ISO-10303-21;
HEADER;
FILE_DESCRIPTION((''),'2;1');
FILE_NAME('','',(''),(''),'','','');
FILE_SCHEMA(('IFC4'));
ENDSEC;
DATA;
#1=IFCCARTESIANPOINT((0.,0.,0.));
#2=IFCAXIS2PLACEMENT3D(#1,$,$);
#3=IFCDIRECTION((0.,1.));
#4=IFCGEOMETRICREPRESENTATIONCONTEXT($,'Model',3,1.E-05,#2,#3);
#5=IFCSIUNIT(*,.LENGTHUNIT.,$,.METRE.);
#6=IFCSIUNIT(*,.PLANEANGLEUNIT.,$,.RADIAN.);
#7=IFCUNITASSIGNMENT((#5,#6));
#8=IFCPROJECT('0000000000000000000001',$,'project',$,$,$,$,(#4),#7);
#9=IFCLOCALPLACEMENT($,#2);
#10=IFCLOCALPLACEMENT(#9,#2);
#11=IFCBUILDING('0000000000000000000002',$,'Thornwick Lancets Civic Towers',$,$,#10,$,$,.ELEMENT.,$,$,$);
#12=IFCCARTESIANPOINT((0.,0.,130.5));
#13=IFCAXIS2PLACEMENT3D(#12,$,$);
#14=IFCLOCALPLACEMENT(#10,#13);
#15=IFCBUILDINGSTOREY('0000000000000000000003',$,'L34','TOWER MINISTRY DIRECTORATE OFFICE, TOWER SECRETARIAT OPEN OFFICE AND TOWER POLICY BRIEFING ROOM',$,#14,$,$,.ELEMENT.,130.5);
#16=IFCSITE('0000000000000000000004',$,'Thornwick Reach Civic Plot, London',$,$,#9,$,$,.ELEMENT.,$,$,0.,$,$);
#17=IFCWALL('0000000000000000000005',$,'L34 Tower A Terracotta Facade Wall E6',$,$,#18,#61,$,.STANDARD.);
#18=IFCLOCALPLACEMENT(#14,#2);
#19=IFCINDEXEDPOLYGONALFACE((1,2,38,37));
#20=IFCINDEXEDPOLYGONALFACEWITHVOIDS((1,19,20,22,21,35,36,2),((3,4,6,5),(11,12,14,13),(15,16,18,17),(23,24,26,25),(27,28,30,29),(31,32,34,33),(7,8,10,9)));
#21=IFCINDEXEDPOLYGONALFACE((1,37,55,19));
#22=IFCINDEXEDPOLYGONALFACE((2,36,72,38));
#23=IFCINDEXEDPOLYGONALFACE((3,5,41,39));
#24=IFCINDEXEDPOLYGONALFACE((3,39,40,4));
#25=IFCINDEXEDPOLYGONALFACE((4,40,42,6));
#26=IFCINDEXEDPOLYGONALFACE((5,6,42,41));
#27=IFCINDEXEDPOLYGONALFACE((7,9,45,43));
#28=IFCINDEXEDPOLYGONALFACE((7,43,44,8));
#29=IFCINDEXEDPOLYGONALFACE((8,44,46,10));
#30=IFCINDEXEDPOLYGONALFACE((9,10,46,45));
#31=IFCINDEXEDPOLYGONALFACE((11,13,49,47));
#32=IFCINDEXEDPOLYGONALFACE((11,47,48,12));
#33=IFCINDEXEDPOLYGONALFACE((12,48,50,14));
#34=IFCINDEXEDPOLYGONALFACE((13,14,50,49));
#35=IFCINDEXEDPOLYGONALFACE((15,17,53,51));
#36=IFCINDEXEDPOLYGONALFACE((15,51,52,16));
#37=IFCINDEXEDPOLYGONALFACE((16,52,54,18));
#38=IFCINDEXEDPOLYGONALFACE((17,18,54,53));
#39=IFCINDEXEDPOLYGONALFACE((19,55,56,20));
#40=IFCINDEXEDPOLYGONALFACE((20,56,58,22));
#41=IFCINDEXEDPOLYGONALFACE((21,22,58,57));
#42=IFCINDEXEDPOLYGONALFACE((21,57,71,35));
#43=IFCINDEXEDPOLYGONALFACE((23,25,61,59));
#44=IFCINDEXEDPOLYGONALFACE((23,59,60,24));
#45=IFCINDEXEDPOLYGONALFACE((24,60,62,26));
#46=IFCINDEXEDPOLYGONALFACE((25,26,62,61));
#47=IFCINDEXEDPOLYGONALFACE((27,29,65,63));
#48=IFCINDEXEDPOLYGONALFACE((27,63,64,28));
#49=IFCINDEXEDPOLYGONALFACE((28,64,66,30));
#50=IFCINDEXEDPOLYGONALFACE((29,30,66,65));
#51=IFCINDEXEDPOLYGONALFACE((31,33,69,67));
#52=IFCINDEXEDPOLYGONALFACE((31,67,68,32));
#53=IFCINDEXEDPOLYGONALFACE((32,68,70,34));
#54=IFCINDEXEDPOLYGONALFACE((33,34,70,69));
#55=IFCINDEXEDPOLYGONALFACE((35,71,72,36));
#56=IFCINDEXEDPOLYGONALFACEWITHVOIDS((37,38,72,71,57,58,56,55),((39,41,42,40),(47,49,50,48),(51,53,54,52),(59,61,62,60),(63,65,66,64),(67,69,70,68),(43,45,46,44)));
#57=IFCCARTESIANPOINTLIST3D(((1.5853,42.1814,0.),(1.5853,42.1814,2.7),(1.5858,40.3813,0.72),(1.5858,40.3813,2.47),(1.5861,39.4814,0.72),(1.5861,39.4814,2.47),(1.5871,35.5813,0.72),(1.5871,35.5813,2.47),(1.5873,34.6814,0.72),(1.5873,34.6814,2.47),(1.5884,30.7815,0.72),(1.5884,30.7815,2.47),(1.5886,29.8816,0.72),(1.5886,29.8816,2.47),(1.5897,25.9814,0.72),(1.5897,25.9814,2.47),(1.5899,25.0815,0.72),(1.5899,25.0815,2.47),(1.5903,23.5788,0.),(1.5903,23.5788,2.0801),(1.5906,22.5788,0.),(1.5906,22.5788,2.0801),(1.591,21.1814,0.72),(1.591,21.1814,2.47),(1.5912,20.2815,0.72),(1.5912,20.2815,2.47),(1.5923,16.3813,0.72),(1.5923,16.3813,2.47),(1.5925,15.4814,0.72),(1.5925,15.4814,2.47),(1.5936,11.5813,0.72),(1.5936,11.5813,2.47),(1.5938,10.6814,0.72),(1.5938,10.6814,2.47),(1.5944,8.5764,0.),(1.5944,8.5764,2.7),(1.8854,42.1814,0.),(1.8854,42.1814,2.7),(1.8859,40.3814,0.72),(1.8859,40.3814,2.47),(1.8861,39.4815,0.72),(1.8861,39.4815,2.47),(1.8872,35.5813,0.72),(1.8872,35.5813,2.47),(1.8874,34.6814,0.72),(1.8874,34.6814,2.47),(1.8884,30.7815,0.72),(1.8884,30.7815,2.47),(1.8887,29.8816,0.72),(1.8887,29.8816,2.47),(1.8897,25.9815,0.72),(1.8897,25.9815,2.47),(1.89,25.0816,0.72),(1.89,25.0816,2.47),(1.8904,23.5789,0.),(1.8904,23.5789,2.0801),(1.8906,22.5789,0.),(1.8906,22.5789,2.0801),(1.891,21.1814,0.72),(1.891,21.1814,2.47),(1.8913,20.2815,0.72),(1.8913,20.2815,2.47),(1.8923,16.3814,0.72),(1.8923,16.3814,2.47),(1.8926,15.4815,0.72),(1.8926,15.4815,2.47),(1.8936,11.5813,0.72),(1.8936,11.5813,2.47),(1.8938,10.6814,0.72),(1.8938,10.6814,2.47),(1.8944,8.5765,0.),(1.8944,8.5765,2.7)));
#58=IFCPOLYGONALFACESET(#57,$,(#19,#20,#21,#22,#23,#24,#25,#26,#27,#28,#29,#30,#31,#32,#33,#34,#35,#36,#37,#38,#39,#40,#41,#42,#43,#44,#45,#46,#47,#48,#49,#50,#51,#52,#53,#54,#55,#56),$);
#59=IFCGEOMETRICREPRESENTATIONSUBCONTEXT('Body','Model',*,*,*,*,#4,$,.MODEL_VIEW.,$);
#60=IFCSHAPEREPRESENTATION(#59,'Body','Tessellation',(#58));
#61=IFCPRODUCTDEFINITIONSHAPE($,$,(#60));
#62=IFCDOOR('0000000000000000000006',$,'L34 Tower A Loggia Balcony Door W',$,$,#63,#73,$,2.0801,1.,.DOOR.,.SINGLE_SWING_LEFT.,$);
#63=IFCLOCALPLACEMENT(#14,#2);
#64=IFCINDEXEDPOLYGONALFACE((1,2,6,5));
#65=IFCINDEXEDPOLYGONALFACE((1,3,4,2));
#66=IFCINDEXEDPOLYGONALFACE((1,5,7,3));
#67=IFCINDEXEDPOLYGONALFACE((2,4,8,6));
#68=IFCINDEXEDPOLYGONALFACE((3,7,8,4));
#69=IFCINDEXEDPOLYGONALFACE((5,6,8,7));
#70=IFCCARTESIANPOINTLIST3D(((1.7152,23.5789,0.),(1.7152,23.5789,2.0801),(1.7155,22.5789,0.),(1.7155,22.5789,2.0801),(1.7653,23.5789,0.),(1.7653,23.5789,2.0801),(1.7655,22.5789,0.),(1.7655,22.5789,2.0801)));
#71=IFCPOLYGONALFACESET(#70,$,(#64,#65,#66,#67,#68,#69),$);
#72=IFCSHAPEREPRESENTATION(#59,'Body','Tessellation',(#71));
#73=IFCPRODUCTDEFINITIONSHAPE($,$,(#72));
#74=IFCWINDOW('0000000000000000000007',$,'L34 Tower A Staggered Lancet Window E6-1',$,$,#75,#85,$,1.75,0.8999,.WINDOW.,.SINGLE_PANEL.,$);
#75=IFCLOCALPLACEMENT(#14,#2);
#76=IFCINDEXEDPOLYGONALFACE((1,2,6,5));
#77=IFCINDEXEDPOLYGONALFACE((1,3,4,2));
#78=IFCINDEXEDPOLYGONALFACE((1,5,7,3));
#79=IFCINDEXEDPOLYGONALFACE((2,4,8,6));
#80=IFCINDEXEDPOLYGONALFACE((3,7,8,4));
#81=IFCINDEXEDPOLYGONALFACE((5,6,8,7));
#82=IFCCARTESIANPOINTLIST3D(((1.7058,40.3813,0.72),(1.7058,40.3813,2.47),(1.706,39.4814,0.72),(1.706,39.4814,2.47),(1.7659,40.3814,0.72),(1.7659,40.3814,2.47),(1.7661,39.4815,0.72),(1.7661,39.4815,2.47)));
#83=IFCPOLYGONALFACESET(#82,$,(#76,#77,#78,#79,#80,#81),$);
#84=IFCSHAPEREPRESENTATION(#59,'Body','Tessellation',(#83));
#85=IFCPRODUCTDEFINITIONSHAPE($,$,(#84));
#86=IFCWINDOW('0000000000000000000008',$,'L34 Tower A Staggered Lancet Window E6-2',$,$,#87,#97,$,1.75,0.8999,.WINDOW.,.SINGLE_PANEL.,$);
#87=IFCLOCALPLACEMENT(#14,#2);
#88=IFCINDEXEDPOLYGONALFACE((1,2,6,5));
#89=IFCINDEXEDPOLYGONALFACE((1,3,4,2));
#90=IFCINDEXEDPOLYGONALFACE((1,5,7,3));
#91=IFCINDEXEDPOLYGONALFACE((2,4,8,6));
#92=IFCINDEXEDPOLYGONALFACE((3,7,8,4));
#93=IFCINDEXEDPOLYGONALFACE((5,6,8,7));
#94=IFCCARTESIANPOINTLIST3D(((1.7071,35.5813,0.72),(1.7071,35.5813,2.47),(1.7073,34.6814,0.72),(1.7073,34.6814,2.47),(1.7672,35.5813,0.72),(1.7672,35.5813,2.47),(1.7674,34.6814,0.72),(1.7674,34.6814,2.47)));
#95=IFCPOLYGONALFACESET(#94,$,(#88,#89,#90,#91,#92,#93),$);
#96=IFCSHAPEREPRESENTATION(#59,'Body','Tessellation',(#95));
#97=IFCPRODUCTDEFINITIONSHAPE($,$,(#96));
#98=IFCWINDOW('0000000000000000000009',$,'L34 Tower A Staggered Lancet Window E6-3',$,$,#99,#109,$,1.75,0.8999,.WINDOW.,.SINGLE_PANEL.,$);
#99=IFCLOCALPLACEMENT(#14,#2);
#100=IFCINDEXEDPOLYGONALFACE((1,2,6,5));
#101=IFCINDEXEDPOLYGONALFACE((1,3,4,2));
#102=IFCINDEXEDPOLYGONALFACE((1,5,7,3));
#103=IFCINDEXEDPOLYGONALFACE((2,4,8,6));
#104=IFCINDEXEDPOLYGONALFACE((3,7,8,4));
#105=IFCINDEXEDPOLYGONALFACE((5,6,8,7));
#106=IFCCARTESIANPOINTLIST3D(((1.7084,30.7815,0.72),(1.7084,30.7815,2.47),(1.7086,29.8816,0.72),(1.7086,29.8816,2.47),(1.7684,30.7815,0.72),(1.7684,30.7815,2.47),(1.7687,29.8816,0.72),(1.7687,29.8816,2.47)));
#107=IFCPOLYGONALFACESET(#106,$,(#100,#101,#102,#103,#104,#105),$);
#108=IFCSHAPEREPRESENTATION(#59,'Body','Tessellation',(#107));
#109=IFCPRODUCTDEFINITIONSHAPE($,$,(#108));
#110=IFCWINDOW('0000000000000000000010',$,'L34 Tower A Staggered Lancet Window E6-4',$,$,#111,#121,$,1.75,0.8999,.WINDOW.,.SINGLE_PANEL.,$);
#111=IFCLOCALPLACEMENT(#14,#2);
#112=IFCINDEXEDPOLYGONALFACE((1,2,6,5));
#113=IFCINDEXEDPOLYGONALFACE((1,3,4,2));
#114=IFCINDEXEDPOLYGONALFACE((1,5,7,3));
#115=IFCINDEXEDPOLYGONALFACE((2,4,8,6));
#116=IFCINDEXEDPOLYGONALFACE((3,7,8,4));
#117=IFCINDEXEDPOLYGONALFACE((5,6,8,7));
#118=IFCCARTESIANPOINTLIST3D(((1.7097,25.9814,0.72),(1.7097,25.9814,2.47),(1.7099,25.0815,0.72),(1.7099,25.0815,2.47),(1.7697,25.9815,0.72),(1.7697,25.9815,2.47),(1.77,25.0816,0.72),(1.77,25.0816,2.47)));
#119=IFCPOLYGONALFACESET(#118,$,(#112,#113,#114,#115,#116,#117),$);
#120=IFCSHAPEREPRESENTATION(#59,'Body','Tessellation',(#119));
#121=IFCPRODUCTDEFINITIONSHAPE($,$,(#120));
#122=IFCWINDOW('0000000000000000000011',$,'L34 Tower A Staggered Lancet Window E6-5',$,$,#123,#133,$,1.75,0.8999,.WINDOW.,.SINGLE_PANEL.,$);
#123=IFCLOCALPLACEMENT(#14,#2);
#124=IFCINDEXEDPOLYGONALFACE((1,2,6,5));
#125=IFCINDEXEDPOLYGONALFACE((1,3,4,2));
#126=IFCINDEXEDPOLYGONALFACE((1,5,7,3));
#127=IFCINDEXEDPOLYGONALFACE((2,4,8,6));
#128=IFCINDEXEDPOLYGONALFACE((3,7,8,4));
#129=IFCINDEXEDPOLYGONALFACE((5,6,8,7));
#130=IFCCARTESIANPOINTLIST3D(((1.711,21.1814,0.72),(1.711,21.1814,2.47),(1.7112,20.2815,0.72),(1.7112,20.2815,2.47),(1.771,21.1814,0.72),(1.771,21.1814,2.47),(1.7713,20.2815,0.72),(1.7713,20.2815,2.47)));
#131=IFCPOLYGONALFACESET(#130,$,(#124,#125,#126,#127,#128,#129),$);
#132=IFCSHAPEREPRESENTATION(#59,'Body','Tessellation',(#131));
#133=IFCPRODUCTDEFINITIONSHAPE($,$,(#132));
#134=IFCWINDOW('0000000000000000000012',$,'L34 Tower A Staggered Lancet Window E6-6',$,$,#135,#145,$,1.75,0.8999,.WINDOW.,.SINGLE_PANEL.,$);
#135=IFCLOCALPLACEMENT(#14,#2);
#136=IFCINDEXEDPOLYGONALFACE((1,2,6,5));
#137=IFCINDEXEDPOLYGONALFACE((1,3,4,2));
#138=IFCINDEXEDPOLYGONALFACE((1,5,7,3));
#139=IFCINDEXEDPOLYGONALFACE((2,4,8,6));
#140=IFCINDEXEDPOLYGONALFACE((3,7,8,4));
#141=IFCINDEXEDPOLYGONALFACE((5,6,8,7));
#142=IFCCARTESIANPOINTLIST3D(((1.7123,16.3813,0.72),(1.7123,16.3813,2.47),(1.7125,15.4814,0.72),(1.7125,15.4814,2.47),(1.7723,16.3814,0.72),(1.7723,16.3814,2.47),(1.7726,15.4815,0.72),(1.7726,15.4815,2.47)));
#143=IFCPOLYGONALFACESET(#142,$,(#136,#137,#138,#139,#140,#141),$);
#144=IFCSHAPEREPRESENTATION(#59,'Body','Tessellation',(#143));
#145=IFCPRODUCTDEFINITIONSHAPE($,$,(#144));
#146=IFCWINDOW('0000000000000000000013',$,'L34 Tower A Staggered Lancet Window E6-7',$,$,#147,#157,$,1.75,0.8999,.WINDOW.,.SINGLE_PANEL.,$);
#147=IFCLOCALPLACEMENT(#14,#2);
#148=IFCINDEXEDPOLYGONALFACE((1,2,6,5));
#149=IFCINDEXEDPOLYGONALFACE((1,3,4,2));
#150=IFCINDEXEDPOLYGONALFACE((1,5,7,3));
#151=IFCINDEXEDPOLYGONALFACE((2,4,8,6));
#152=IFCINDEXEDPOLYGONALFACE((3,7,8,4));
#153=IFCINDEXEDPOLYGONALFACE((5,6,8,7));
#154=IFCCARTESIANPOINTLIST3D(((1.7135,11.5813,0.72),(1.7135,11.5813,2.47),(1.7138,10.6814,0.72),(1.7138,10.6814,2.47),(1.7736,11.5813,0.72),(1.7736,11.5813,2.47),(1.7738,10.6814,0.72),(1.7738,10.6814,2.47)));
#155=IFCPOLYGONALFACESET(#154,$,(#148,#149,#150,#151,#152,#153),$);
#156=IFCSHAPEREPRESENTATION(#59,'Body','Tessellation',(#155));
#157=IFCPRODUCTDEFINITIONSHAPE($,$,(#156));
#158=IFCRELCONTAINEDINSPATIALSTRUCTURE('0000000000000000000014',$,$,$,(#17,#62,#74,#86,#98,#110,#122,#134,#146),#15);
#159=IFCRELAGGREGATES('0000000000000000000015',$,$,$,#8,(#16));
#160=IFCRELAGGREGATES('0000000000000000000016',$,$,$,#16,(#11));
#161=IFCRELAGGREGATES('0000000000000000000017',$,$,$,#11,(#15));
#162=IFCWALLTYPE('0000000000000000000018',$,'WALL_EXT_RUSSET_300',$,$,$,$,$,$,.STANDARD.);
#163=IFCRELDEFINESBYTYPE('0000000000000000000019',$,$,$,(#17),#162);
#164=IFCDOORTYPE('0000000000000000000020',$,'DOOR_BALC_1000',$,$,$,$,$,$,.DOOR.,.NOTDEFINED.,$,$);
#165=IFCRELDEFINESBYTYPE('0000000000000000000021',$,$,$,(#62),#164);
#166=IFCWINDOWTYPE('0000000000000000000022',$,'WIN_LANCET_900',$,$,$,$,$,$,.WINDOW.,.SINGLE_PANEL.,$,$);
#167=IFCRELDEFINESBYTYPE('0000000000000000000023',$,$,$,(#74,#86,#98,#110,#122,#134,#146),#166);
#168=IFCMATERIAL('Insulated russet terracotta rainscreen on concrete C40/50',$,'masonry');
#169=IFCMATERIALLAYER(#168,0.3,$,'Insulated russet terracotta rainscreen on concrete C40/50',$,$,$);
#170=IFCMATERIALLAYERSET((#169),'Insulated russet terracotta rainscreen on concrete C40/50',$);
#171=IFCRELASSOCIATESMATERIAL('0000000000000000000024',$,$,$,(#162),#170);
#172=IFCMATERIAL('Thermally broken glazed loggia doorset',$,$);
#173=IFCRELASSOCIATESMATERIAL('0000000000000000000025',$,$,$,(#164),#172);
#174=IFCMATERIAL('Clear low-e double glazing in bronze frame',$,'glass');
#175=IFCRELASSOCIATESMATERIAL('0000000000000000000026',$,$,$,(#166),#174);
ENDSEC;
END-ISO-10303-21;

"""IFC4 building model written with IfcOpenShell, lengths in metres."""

from ifc_helpers import new_model, si_unit, direction, frame, frame_2d, origin, place, context, subcontext, project, spatial, rectangle, extrude, material, layer, layer_set, type_object, element, fill, save


model = new_model("IFC4")

# Units and contexts
model_context = context("Model", 3, precision=1e-05, world=origin(), true_north=direction((0.0, 1.0)))
body_context = subcontext(model_context, "Body", "Model", "MODEL_VIEW")
ifc_project = project(units=[si_unit("LENGTHUNIT", "METRE"), si_unit("PLANEANGLEUNIT", "RADIAN")], contexts=[model_context])

# Site, building, storey
site_placement = place(None, origin())
site = spatial("IfcSite", under=ifc_project, at=site_placement, Name="Thornwick Reach Civic Plot, London", CompositionType="ELEMENT", RefElevation=0.0)
building_placement = place(site_placement, origin())
building = spatial("IfcBuilding", under=site, at=building_placement, Name="Thornwick Lancets Civic Towers", CompositionType="ELEMENT")
storey_placement = place(building_placement, frame((0.0, 0.0, 130.5)))
storey = spatial("IfcBuildingStorey", under=building, at=storey_placement, Name="L34", Description="TOWER MINISTRY DIRECTORATE OFFICE, TOWER SECRETARIAT OPEN OFFICE AND TOWER POLICY BRIEFING ROOM", CompositionType="ELEMENT", Elevation=130.5)

# Wall, openings, door, windows
ifc_material_1 = material(Name="Insulated russet terracotta rainscreen on concrete C40/50", Category="masonry")
ifc_layer_1 = layer(ifc_material_1, 0.3, Name="Insulated russet terracotta rainscreen on concrete C40/50")
ifc_layer_set_1 = layer_set([ifc_layer_1], Name="Insulated russet terracotta rainscreen on concrete C40/50")
wall_type_1 = type_object("IfcWallType", Name="WALL_EXT_RUSSET_300", PredefinedType="STANDARD", material=ifc_layer_set_1)
wall_1_placement = place(storey_placement, frame((1.7354, 42.1814, 0.0), z_axis=(0.0, 0.0, 1.0), x_axis=(0.000269, -1.0, 0.0)))
wall_1 = element("IfcWall", 1, at=wall_1_placement, inside=storey, type_object=wall_type_1, Name="L34 Tower A Terracotta Facade Wall E6", PredefinedType="STANDARD", context=body_context, shape_type="SweptSolid", body=[
    extrude(rectangle(XDim=33.605, YDim=0.3, at=frame_2d((16.8025, 0.0))), origin(), (0.0, 0.0, 1.0), 2.7),
])
opening_1_placement = place(wall_1_placement, frame((18.6025, 0.0, 0.0)))
opening_1 = element("IfcOpeningElement", 2, at=opening_1_placement, cuts=wall_1, PredefinedType="OPENING", context=body_context, shape_type="SweptSolid", body=[
    extrude(rectangle(XDim=1.0, YDim=2.0801, at=frame_2d((0.5, 1.04))), frame((0.0, 0.1602, 0.0), z_axis=(0.0, -1.0, 0.0), x_axis=(1.0, 0.0, 0.0)), (0.0, 0.0, 1.0), 0.3201),
])
opening_2_placement = place(wall_1_placement, frame((1.8, 0.0, 0.72)))
opening_2 = element("IfcOpeningElement", 3, at=opening_2_placement, cuts=wall_1, PredefinedType="OPENING", context=body_context, shape_type="SweptSolid", body=[
    extrude(rectangle(XDim=0.8999, YDim=1.75, at=frame_2d((0.45, 0.875))), frame((0.0, 0.1602, 0.0), z_axis=(0.0, -1.0, 0.0), x_axis=(1.0, 0.0, 0.0)), (0.0, 0.0, 1.0), 0.3201),
])
opening_3_placement = place(wall_1_placement, frame((6.6001, 0.0, 0.72)))
opening_3 = element("IfcOpeningElement", 4, at=opening_3_placement, cuts=wall_1, PredefinedType="OPENING", context=body_context, shape_type="SweptSolid", body=[
    extrude(rectangle(XDim=0.8999, YDim=1.75, at=frame_2d((0.45, 0.875))), frame((0.0, 0.1602, 0.0), z_axis=(0.0, -1.0, 0.0), x_axis=(1.0, 0.0, 0.0)), (0.0, 0.0, 1.0), 0.3201),
])
opening_4_placement = place(wall_1_placement, frame((11.3999, 0.0, 0.72)))
opening_4 = element("IfcOpeningElement", 5, at=opening_4_placement, cuts=wall_1, PredefinedType="OPENING", context=body_context, shape_type="SweptSolid", body=[
    extrude(rectangle(XDim=0.8999, YDim=1.75, at=frame_2d((0.45, 0.875))), frame((0.0, 0.1602, 0.0), z_axis=(0.0, -1.0, 0.0), x_axis=(1.0, 0.0, 0.0)), (0.0, 0.0, 1.0), 0.3201),
])
opening_5_placement = place(wall_1_placement, frame((16.2, 0.0, 0.72)))
opening_5 = element("IfcOpeningElement", 6, at=opening_5_placement, cuts=wall_1, PredefinedType="OPENING", context=body_context, shape_type="SweptSolid", body=[
    extrude(rectangle(XDim=0.8999, YDim=1.75, at=frame_2d((0.45, 0.875))), frame((0.0, 0.1602, 0.0), z_axis=(0.0, -1.0, 0.0), x_axis=(1.0, 0.0, 0.0)), (0.0, 0.0, 1.0), 0.3201),
])
opening_6_placement = place(wall_1_placement, frame((21.0, 0.0, 0.72)))
opening_6 = element("IfcOpeningElement", 7, at=opening_6_placement, cuts=wall_1, PredefinedType="OPENING", context=body_context, shape_type="SweptSolid", body=[
    extrude(rectangle(XDim=0.8999, YDim=1.75, at=frame_2d((0.45, 0.875))), frame((0.0, 0.1602, 0.0), z_axis=(0.0, -1.0, 0.0), x_axis=(1.0, 0.0, 0.0)), (0.0, 0.0, 1.0), 0.3201),
])
opening_7_placement = place(wall_1_placement, frame((25.8, 0.0, 0.72)))
opening_7 = element("IfcOpeningElement", 8, at=opening_7_placement, cuts=wall_1, PredefinedType="OPENING", context=body_context, shape_type="SweptSolid", body=[
    extrude(rectangle(XDim=0.8999, YDim=1.75, at=frame_2d((0.45, 0.875))), frame((0.0, 0.1602, 0.0), z_axis=(0.0, -1.0, 0.0), x_axis=(1.0, 0.0, 0.0)), (0.0, 0.0, 1.0), 0.3201),
])
opening_8_placement = place(wall_1_placement, frame((30.6001, 0.0, 0.72)))
opening_8 = element("IfcOpeningElement", 9, at=opening_8_placement, cuts=wall_1, PredefinedType="OPENING", context=body_context, shape_type="SweptSolid", body=[
    extrude(rectangle(XDim=0.8999, YDim=1.75, at=frame_2d((0.45, 0.875))), frame((0.0, 0.1602, 0.0), z_axis=(0.0, -1.0, 0.0), x_axis=(1.0, 0.0, 0.0)), (0.0, 0.0, 1.0), 0.3201),
])
ifc_material_2 = material(Name="Thermally broken glazed loggia doorset")
door_type = type_object("IfcDoorType", Name="DOOR_BALC_1000", OperationType="NOTDEFINED", PredefinedType="DOOR", material=ifc_material_2)
door_placement = place(opening_1_placement, origin())
door = element("IfcDoor", 10, at=door_placement, inside=storey, type_object=door_type, Name="L34 Tower A Loggia Balcony Door W", OperationType="SINGLE_SWING_LEFT", OverallHeight=2.0801, OverallWidth=1.0, PredefinedType="DOOR", context=body_context, shape_type="SweptSolid", body=[
    extrude(rectangle(XDim=1.0, YDim=2.0801, at=frame_2d((0.5, 1.04))), frame((0.0, 0.0249, 0.0), z_axis=(0.0, -1.0, 0.0), x_axis=(1.0, 0.0, 0.0)), (0.0, 0.0, 1.0), 0.05),
])
fill(opening_1, door)
ifc_material_3 = material(Name="Clear low-e double glazing in bronze frame", Category="glass")
window_type = type_object("IfcWindowType", Name="WIN_LANCET_900", PartitioningType="SINGLE_PANEL", PredefinedType="WINDOW", material=ifc_material_3)
window_1_placement = place(opening_2_placement, origin())
window_1 = element("IfcWindow", 11, at=window_1_placement, inside=storey, type_object=window_type, Name="L34 Tower A Staggered Lancet Window E6-1", OverallHeight=1.75, OverallWidth=0.8999, PartitioningType="SINGLE_PANEL", PredefinedType="WINDOW", context=body_context, shape_type="SweptSolid", body=[
    extrude(rectangle(XDim=0.8999, YDim=1.75, at=frame_2d((0.45, 0.875))), frame((0.0, 0.03, 0.0), z_axis=(0.0, -1.0, 0.0), x_axis=(1.0, 0.0, 0.0)), (0.0, 0.0, 1.0), 0.0601),
])
fill(opening_2, window_1)
window_2_placement = place(opening_3_placement, origin())
window_2 = element("IfcWindow", 12, at=window_2_placement, inside=storey, type_object=window_type, Name="L34 Tower A Staggered Lancet Window E6-2", OverallHeight=1.75, OverallWidth=0.8999, PartitioningType="SINGLE_PANEL", PredefinedType="WINDOW", context=body_context, shape_type="SweptSolid", body=[
    extrude(rectangle(XDim=0.8999, YDim=1.75, at=frame_2d((0.45, 0.875))), frame((0.0, 0.03, 0.0), z_axis=(0.0, -1.0, 0.0), x_axis=(1.0, 0.0, 0.0)), (0.0, 0.0, 1.0), 0.0601),
])
fill(opening_3, window_2)
window_3_placement = place(opening_4_placement, origin())
window_3 = element("IfcWindow", 13, at=window_3_placement, inside=storey, type_object=window_type, Name="L34 Tower A Staggered Lancet Window E6-3", OverallHeight=1.75, OverallWidth=0.8999, PartitioningType="SINGLE_PANEL", PredefinedType="WINDOW", context=body_context, shape_type="SweptSolid", body=[
    extrude(rectangle(XDim=0.8999, YDim=1.75, at=frame_2d((0.45, 0.875))), frame((0.0, 0.03, 0.0), z_axis=(0.0, -1.0, 0.0), x_axis=(1.0, 0.0, 0.0)), (0.0, 0.0, 1.0), 0.0601),
])
fill(opening_4, window_3)
window_4_placement = place(opening_5_placement, origin())
window_4 = element("IfcWindow", 14, at=window_4_placement, inside=storey, type_object=window_type, Name="L34 Tower A Staggered Lancet Window E6-4", OverallHeight=1.75, OverallWidth=0.8999, PartitioningType="SINGLE_PANEL", PredefinedType="WINDOW", context=body_context, shape_type="SweptSolid", body=[
    extrude(rectangle(XDim=0.8999, YDim=1.75, at=frame_2d((0.45, 0.875))), frame((0.0, 0.03, 0.0), z_axis=(0.0, -1.0, 0.0), x_axis=(1.0, 0.0, 0.0)), (0.0, 0.0, 1.0), 0.0601),
])
fill(opening_5, window_4)
window_5_placement = place(opening_6_placement, origin())
window_5 = element("IfcWindow", 15, at=window_5_placement, inside=storey, type_object=window_type, Name="L34 Tower A Staggered Lancet Window E6-5", OverallHeight=1.75, OverallWidth=0.8999, PartitioningType="SINGLE_PANEL", PredefinedType="WINDOW", context=body_context, shape_type="SweptSolid", body=[
    extrude(rectangle(XDim=0.8999, YDim=1.75, at=frame_2d((0.45, 0.875))), frame((0.0, 0.03, 0.0), z_axis=(0.0, -1.0, 0.0), x_axis=(1.0, 0.0, 0.0)), (0.0, 0.0, 1.0), 0.0601),
])
fill(opening_6, window_5)
window_6_placement = place(opening_7_placement, origin())
window_6 = element("IfcWindow", 16, at=window_6_placement, inside=storey, type_object=window_type, Name="L34 Tower A Staggered Lancet Window E6-6", OverallHeight=1.75, OverallWidth=0.8999, PartitioningType="SINGLE_PANEL", PredefinedType="WINDOW", context=body_context, shape_type="SweptSolid", body=[
    extrude(rectangle(XDim=0.8999, YDim=1.75, at=frame_2d((0.45, 0.875))), frame((0.0, 0.03, 0.0), z_axis=(0.0, -1.0, 0.0), x_axis=(1.0, 0.0, 0.0)), (0.0, 0.0, 1.0), 0.0601),
])
fill(opening_7, window_6)
window_7_placement = place(opening_8_placement, origin())
window_7 = element("IfcWindow", 17, at=window_7_placement, inside=storey, type_object=window_type, Name="L34 Tower A Staggered Lancet Window E6-7", OverallHeight=1.75, OverallWidth=0.8999, PartitioningType="SINGLE_PANEL", PredefinedType="WINDOW", context=body_context, shape_type="SweptSolid", body=[
    extrude(rectangle(XDim=0.8999, YDim=1.75, at=frame_2d((0.45, 0.875))), frame((0.0, 0.03, 0.0), z_axis=(0.0, -1.0, 0.0), x_axis=(1.0, 0.0, 0.0)), (0.0, 0.0, 1.0), 0.0601),
])
fill(opening_8, window_7)

save(model, "model.ifc")
